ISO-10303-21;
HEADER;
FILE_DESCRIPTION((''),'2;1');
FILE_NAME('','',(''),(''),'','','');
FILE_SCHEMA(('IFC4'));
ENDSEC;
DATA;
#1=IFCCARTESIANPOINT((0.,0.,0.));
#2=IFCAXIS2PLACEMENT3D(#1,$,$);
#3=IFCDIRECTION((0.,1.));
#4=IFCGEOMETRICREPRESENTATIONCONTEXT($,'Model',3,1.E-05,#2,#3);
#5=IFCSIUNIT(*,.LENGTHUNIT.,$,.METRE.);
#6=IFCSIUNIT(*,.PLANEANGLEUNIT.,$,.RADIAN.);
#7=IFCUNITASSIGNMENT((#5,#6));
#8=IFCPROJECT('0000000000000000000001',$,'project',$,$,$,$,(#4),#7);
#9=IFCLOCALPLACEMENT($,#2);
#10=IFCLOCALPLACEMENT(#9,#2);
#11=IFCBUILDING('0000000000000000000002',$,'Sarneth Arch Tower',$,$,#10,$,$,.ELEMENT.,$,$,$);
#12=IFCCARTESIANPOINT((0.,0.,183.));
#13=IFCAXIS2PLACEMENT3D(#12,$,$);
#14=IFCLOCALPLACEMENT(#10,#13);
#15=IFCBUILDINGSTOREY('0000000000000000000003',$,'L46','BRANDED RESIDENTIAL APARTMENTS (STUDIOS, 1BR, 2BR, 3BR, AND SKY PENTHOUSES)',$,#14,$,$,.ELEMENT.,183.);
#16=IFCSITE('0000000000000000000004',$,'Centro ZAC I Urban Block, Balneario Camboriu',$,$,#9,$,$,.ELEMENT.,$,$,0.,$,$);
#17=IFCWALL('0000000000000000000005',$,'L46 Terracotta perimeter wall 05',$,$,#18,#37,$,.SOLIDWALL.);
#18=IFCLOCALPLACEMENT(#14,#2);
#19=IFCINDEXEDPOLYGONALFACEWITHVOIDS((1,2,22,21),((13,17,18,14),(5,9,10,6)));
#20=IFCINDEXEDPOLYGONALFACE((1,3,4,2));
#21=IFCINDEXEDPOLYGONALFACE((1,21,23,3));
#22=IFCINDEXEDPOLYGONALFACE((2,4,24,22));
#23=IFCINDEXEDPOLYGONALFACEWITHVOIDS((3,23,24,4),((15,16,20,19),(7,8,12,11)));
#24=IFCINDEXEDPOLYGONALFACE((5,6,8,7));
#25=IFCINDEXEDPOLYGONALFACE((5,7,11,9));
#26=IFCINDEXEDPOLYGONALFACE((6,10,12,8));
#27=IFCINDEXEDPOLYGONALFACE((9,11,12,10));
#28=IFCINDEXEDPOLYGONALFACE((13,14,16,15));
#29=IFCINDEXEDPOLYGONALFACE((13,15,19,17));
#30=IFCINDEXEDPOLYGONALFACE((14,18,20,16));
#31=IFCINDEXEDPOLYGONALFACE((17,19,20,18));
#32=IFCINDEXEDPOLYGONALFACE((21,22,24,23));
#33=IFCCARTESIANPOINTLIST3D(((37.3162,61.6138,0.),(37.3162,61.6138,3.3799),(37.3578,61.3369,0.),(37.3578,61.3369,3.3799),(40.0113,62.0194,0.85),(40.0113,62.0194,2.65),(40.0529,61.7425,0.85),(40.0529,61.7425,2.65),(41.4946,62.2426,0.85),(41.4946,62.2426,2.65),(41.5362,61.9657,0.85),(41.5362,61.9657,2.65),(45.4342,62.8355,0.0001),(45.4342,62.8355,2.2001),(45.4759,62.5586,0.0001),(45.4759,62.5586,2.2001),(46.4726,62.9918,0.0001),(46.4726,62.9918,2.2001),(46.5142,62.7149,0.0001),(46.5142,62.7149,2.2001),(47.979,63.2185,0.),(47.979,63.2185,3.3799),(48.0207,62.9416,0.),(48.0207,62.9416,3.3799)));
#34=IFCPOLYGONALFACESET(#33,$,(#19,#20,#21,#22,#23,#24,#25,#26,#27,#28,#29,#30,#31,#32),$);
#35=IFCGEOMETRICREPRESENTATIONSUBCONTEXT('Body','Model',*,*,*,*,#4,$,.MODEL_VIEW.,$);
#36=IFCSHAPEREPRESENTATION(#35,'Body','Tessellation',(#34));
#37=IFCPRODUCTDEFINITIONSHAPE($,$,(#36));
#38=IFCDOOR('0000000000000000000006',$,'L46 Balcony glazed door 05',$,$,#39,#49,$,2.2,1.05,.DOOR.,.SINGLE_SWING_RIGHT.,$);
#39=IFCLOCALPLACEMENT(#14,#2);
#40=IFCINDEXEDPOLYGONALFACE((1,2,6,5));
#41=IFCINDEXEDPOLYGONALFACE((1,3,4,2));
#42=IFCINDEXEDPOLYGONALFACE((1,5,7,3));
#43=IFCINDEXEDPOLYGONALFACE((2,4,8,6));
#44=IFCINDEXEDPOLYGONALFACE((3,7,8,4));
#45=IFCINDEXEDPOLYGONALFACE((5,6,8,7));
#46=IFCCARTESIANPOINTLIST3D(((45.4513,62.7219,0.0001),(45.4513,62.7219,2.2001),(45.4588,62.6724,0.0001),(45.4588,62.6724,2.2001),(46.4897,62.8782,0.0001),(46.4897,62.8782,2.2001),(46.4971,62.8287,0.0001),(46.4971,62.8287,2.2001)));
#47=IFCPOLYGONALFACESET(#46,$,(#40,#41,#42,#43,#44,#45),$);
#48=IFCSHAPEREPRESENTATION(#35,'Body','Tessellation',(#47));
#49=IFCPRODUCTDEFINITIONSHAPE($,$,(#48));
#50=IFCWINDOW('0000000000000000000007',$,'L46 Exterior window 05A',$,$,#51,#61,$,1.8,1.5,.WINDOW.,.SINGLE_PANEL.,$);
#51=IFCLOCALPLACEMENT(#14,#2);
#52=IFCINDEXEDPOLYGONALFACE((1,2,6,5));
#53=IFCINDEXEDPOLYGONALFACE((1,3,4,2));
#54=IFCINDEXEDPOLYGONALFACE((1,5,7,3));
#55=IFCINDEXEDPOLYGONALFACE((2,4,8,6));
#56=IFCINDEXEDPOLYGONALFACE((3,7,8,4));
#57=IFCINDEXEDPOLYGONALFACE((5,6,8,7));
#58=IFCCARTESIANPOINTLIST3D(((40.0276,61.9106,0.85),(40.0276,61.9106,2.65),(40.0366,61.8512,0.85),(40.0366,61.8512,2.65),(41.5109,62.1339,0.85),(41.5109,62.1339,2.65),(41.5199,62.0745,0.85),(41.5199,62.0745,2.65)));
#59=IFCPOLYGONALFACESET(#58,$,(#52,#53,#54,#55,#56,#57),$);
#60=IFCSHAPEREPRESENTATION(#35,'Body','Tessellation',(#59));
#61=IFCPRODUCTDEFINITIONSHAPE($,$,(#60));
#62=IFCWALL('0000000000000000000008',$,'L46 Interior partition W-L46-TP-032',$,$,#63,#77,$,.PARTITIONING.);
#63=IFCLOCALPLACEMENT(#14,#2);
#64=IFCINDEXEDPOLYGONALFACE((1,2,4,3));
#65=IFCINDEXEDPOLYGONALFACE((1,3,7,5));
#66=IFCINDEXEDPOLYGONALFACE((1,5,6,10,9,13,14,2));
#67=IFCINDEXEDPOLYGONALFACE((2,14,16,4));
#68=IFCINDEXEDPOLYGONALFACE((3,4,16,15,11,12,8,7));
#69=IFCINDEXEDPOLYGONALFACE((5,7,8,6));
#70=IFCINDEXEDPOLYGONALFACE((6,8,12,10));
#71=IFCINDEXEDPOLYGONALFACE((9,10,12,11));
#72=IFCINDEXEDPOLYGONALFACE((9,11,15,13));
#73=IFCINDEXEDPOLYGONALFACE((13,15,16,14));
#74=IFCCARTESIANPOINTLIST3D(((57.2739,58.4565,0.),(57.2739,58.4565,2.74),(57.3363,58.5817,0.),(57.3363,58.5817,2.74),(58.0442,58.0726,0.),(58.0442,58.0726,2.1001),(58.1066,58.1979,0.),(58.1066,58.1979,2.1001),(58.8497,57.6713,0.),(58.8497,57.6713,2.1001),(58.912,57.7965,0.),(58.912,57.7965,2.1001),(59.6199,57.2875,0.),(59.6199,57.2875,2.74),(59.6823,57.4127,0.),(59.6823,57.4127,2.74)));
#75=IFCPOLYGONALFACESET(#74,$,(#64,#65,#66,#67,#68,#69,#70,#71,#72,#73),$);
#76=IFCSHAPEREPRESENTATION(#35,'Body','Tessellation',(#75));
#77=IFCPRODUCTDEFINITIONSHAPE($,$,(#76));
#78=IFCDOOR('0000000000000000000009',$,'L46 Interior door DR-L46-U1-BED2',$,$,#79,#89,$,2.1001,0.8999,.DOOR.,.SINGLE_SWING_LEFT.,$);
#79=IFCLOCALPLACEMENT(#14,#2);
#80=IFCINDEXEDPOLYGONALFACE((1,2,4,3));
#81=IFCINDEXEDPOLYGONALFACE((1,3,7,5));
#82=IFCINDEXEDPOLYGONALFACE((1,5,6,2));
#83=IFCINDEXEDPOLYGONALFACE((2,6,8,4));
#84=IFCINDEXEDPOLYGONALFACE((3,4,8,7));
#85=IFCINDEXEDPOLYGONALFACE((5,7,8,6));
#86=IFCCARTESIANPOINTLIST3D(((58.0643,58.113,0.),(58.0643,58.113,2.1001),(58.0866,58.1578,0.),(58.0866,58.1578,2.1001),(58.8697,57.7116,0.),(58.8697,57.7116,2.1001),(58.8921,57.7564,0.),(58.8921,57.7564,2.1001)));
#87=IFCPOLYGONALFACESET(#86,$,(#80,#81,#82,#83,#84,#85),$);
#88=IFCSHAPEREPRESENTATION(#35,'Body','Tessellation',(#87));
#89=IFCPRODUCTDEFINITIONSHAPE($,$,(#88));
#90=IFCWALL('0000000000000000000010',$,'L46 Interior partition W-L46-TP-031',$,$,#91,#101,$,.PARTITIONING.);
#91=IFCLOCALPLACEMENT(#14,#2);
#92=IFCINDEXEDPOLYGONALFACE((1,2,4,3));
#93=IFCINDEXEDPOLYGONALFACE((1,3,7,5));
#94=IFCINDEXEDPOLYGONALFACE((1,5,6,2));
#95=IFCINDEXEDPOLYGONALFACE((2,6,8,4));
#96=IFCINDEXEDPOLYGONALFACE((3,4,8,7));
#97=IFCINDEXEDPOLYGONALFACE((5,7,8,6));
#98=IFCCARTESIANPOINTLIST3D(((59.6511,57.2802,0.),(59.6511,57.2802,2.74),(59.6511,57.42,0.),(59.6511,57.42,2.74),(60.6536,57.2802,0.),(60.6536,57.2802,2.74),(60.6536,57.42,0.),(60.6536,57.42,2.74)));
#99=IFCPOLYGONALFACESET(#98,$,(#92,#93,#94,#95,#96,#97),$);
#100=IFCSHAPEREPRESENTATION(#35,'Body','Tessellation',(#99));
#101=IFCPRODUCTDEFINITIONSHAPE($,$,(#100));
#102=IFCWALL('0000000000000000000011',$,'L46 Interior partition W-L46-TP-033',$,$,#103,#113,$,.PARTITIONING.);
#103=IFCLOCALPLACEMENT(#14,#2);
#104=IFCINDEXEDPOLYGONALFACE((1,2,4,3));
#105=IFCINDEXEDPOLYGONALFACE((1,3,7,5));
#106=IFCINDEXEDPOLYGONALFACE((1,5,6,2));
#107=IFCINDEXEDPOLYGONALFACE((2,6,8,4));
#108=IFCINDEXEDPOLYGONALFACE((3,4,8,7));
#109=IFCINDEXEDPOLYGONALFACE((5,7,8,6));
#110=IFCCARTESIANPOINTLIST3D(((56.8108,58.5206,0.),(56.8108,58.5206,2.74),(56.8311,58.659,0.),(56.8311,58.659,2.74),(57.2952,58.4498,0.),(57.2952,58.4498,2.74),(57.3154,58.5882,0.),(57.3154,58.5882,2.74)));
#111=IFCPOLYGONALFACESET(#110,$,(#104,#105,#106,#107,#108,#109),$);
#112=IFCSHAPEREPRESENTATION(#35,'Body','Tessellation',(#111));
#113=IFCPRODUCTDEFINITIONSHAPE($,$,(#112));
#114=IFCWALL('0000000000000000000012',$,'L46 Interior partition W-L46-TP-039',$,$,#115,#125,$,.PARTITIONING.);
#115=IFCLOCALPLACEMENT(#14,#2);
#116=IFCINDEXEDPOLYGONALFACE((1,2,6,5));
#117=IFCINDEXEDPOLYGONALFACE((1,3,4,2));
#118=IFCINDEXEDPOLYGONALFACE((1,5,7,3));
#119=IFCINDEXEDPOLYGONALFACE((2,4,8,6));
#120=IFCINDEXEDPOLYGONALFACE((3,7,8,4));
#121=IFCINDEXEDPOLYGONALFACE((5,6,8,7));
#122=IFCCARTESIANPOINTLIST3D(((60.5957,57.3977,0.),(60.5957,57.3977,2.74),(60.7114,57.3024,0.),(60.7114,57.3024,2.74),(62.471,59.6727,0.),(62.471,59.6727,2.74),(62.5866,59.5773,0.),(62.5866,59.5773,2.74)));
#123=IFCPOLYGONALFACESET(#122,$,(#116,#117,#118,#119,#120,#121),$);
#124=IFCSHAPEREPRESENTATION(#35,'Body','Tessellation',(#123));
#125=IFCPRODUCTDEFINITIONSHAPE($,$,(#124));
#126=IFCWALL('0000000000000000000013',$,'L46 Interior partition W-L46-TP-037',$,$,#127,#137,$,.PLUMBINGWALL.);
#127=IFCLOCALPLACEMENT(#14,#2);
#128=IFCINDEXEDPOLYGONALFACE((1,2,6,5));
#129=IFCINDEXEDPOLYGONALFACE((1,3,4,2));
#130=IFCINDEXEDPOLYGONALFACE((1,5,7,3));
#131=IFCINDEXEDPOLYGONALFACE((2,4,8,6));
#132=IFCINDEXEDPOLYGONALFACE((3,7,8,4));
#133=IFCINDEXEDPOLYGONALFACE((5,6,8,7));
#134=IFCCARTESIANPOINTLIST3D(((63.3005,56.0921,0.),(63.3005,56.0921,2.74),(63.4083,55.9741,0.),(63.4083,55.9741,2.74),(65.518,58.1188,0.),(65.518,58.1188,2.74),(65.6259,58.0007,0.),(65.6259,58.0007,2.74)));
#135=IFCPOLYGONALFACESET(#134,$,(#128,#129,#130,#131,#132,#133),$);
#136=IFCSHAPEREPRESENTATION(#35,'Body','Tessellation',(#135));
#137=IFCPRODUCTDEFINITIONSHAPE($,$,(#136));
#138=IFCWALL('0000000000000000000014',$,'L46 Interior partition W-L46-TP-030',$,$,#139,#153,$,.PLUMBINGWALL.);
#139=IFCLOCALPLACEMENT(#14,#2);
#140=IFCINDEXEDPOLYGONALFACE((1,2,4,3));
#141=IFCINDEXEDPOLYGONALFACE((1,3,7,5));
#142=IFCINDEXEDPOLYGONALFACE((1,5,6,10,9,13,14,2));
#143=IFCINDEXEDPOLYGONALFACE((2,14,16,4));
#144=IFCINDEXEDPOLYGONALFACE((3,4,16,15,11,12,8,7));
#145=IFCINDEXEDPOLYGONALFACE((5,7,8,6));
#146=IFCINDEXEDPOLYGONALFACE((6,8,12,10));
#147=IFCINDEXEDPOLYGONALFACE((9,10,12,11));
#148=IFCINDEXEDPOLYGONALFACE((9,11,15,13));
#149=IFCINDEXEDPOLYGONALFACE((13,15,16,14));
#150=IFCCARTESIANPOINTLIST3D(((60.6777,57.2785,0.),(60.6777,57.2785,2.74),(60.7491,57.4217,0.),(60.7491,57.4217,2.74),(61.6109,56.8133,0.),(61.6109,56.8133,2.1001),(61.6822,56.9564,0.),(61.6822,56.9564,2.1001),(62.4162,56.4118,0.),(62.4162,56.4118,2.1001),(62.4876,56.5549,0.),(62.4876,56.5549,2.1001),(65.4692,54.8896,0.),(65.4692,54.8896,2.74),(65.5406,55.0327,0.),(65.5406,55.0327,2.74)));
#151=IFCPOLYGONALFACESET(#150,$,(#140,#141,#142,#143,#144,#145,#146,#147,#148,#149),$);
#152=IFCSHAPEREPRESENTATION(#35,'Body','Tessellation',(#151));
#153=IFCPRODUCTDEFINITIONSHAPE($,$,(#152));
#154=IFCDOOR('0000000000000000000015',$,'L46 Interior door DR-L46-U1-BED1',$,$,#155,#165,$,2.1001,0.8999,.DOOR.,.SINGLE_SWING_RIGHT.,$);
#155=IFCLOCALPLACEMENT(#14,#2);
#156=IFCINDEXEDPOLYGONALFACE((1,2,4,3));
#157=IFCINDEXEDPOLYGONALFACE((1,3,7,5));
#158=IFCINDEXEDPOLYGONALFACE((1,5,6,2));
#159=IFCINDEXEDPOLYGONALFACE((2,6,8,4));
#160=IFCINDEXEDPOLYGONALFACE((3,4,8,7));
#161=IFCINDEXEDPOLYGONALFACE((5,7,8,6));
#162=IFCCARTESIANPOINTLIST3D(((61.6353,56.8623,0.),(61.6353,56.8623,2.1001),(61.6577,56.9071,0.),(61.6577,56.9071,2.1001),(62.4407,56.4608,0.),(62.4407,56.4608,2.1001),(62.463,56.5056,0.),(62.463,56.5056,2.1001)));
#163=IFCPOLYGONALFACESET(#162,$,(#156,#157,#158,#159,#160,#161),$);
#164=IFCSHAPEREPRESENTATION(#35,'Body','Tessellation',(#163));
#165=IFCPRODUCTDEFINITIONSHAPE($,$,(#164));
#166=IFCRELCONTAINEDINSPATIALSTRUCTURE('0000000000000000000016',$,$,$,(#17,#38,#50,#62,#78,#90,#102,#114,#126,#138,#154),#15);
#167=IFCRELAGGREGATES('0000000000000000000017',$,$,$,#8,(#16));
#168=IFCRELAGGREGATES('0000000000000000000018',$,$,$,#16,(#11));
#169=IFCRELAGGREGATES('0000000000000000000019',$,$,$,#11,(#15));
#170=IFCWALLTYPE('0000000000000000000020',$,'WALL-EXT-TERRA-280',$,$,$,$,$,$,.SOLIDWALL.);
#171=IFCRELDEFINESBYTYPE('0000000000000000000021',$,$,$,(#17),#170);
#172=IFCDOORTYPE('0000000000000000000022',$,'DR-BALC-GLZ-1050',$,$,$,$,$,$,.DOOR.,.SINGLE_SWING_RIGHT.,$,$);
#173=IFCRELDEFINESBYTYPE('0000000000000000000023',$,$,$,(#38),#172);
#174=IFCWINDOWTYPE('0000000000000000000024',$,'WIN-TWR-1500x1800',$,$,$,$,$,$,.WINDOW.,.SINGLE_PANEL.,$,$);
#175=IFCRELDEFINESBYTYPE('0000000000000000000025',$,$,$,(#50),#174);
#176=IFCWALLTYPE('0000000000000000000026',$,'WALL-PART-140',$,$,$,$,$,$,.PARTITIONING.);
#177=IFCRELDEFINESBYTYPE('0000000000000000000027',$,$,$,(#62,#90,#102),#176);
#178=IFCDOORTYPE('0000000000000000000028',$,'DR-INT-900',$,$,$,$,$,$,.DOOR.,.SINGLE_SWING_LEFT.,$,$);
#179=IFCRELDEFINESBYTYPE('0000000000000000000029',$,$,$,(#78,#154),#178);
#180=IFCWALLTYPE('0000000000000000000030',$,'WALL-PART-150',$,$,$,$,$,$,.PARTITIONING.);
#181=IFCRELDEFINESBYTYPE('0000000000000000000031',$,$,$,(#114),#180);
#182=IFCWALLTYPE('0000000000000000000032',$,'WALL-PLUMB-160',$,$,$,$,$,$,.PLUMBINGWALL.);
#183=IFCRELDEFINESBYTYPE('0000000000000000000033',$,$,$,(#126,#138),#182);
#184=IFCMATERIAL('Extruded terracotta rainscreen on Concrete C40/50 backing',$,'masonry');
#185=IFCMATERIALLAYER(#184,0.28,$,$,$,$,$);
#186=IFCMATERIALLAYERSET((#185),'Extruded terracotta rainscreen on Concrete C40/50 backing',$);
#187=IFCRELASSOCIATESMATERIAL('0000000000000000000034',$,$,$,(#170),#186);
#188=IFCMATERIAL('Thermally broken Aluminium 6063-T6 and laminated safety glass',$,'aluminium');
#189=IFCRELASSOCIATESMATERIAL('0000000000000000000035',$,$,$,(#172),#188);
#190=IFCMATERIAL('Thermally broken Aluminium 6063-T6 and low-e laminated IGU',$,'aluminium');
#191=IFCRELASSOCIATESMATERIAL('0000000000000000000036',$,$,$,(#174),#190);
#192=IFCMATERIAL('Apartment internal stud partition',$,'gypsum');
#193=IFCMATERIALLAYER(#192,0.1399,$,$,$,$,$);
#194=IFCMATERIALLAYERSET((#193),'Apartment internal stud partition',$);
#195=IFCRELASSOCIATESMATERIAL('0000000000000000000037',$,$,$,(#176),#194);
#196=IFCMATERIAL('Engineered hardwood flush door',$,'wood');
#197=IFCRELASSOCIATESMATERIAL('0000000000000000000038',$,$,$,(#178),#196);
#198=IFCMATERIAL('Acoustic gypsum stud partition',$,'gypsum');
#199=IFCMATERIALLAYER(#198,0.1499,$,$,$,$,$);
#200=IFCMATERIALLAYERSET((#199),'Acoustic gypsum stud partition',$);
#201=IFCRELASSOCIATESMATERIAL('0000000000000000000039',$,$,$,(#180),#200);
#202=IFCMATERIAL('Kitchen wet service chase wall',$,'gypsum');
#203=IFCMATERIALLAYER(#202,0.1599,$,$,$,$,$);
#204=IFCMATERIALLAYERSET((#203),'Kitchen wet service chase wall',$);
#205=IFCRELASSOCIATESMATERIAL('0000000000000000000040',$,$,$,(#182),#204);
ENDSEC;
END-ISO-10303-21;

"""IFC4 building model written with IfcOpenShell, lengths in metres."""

from ifc_helpers import new_model, si_unit, direction, frame, frame_2d, origin, place, context, subcontext, project, spatial, rectangle, extrude, material, layer, layer_set, type_object, element, fill, save


model = new_model("IFC4")

# Units and contexts
model_context = context("Model", 3, precision=1e-05, world=origin(), true_north=direction((0.0, 1.0)))
body_context = subcontext(model_context, "Body", "Model", "MODEL_VIEW")
ifc_project = project(units=[si_unit("LENGTHUNIT", "METRE"), si_unit("PLANEANGLEUNIT", "RADIAN")], contexts=[model_context])

# Site, building, storey
site_placement = place(None, origin())
site = spatial("IfcSite", under=ifc_project, at=site_placement, Name="Centro ZAC I Urban Block, Balneario Camboriu", CompositionType="ELEMENT", RefElevation=0.0)
building_placement = place(site_placement, origin())
building = spatial("IfcBuilding", under=site, at=building_placement, Name="Sarneth Arch Tower", CompositionType="ELEMENT")
storey_placement = place(building_placement, frame((0.0, 0.0, 183.0)))
storey = spatial("IfcBuildingStorey", under=building, at=storey_placement, Name="L46", Description="BRANDED RESIDENTIAL APARTMENTS (STUDIOS, 1BR, 2BR, 3BR, AND SKY PENTHOUSES)", CompositionType="ELEMENT", Elevation=183.0)

# Wall, openings, door, window
ifc_material_1 = material(Name="Extruded terracotta rainscreen on Concrete C40/50 backing", Category="masonry")
ifc_layer_1 = layer(ifc_material_1, 0.28)
ifc_layer_set_1 = layer_set([ifc_layer_1], Name="Extruded terracotta rainscreen on Concrete C40/50 backing")
wall_type_1 = type_object("IfcWallType", Name="WALL-EXT-TERRA-280", PredefinedType="SOLIDWALL", material=ifc_layer_set_1)
wall_1_placement = place(storey_placement, frame((48.0, 63.0801, 0.0), z_axis=(0.0, 0.0, 1.0), x_axis=(-0.988864, -0.148822, 0.0)))
wall_1 = element("IfcWall", 1, at=wall_1_placement, inside=storey, type_object=wall_type_1, Name="L46 Terracotta perimeter wall 05", PredefinedType="SOLIDWALL", context=body_context, shape_type="SweptSolid", body=[
    extrude(rectangle(XDim=10.783, YDim=0.28, at=frame_2d((5.3916, 0.0))), origin(), (0.0, 0.0, 1.0), 3.3799),
])
opening_1_placement = place(wall_1_placement, frame((1.5237, 0.0, 0.0)))
opening_1 = element("IfcOpeningElement", 2, at=opening_1_placement, cuts=wall_1, PredefinedType="OPENING", context=body_context, shape_type="SweptSolid", body=[
    extrude(rectangle(XDim=1.05, YDim=2.2, at=frame_2d((0.5249, 1.1001))), frame((0.0, 0.1499, 0.0), z_axis=(0.0, -1.0, 0.0), x_axis=(1.0, 0.0, 0.0)), (0.0, 0.0, 1.0), 0.3),
])
opening_2_placement = place(wall_1_placement, frame((6.5576, 0.0, 0.8501)))
opening_2 = element("IfcOpeningElement", 3, at=opening_2_placement, cuts=wall_1, PredefinedType="OPENING", context=body_context, shape_type="SweptSolid", body=[
    extrude(rectangle(XDim=1.5, YDim=1.8, at=frame_2d((0.75, 0.8999))), frame((0.0, 0.1499, 0.0), z_axis=(0.0, -1.0, 0.0), x_axis=(1.0, 0.0, 0.0)), (0.0, 0.0, 1.0), 0.3),
])
ifc_material_2 = material(Name="Thermally broken Aluminium 6063-T6 and laminated safety glass", Category="aluminium")
door_type_1 = type_object("IfcDoorType", Name="DR-BALC-GLZ-1050", OperationType="SINGLE_SWING_RIGHT", PredefinedType="DOOR", material=ifc_material_2)
door_1_placement = place(opening_1_placement, origin())
door_1 = element("IfcDoor", 4, at=door_1_placement, inside=storey, type_object=door_type_1, Name="L46 Balcony glazed door 05", OperationType="SINGLE_SWING_RIGHT", OverallHeight=2.2, OverallWidth=1.05, PredefinedType="DOOR", context=body_context, shape_type="SweptSolid", body=[
    extrude(rectangle(XDim=1.05, YDim=2.2, at=frame_2d((0.5249, 1.1001))), frame((0.0, 0.0249, 0.0), z_axis=(0.0, -1.0, 0.0), x_axis=(1.0, 0.0, 0.0)), (0.0, 0.0, 1.0), 0.05),
])
fill(opening_1, door_1)
ifc_material_3 = material(Name="Thermally broken Aluminium 6063-T6 and low-e laminated IGU", Category="aluminium")
window_type = type_object("IfcWindowType", Name="WIN-TWR-1500x1800", PartitioningType="SINGLE_PANEL", PredefinedType="WINDOW", material=ifc_material_3)
window_placement = place(opening_2_placement, origin())
window = element("IfcWindow", 5, at=window_placement, inside=storey, type_object=window_type, Name="L46 Exterior window 05A", OverallHeight=1.8, OverallWidth=1.5, PartitioningType="SINGLE_PANEL", PredefinedType="WINDOW", context=body_context, shape_type="SweptSolid", body=[
    extrude(rectangle(XDim=1.5, YDim=1.8, at=frame_2d((0.75, 0.8999))), frame((0.0, 0.03, 0.0), z_axis=(0.0, -1.0, 0.0), x_axis=(1.0, 0.0, 0.0)), (0.0, 0.0, 1.0), 0.0601),
])
fill(opening_2, window)

# Wall, opening, door
ifc_material_4 = material(Name="Apartment internal stud partition", Category="gypsum")
ifc_layer_2 = layer(ifc_material_4, 0.1399)
ifc_layer_set_2 = layer_set([ifc_layer_2], Name="Apartment internal stud partition")
wall_type_2 = type_object("IfcWallType", Name="WALL-PART-140", PredefinedType="PARTITIONING", material=ifc_layer_set_2)
wall_2_placement = place(storey_placement, frame((59.6511, 57.3501, 0.0), z_axis=(0.0, 0.0, 1.0), x_axis=(-0.895041, 0.445984, 0.0)))
wall_2 = element("IfcWall", 6, at=wall_2_placement, inside=storey, type_object=wall_type_2, Name="L46 Interior partition W-L46-TP-032", PredefinedType="PARTITIONING", context=body_context, shape_type="SweptSolid", body=[
    extrude(rectangle(XDim=2.6211, YDim=0.1399, at=frame_2d((1.3105, 0.0))), origin(), (0.0, 0.0, 1.0), 2.74),
])
opening_3_placement = place(wall_2_placement, frame((0.8606, 0.0, 0.0)))
opening_3 = element("IfcOpeningElement", 7, at=opening_3_placement, cuts=wall_2, PredefinedType="OPENING", context=body_context, shape_type="SweptSolid", body=[
    extrude(rectangle(XDim=0.8999, YDim=2.1001, at=frame_2d((0.45, 1.05))), frame((0.0, 0.0798, 0.0), z_axis=(0.0, -1.0, 0.0), x_axis=(1.0, 0.0, 0.0)), (0.0, 0.0, 1.0), 0.1599),
])
ifc_material_5 = material(Name="Engineered hardwood flush door", Category="wood")
door_type_2 = type_object("IfcDoorType", Name="DR-INT-900", OperationType="SINGLE_SWING_LEFT", PredefinedType="DOOR", material=ifc_material_5)
door_2_placement = place(opening_3_placement, origin())
door_2 = element("IfcDoor", 8, at=door_2_placement, inside=storey, type_object=door_type_2, Name="L46 Interior door DR-L46-U1-BED2", OperationType="SINGLE_SWING_LEFT", OverallHeight=2.1001, OverallWidth=0.8999, PredefinedType="DOOR", context=body_context, shape_type="SweptSolid", body=[
    extrude(rectangle(XDim=0.8999, YDim=2.1001, at=frame_2d((0.45, 1.05))), frame((0.0, 0.0249, 0.0), z_axis=(0.0, -1.0, 0.0), x_axis=(1.0, 0.0, 0.0)), (0.0, 0.0, 1.0), 0.05),
])
fill(opening_3, door_2)

# Walls
wall_3_placement = place(storey_placement, frame((60.6536, 57.3501, 0.0), z_axis=(0.0, 0.0, 1.0), x_axis=(-1.0, 0.0, 0.0)))
element("IfcWall", 9, at=wall_3_placement, inside=storey, type_object=wall_type_2, Name="L46 Interior partition W-L46-TP-031", PredefinedType="PARTITIONING", context=body_context, shape_type="SweptSolid", body=[
    extrude(rectangle(XDim=1.0024, YDim=0.1399, at=frame_2d((0.5012, 0.0))), origin(), (0.0, 0.0, 1.0), 2.74),
])
wall_4_placement = place(storey_placement, frame((57.3052, 58.519, 0.0), z_axis=(0.0, 0.0, 1.0), x_axis=(-0.989485, 0.144632, 0.0)))
element("IfcWall", 10, at=wall_4_placement, inside=storey, type_object=wall_type_2, Name="L46 Interior partition W-L46-TP-033", PredefinedType="PARTITIONING", context=body_context, shape_type="SweptSolid", body=[
    extrude(rectangle(XDim=0.4895, YDim=0.1399, at=frame_2d((0.2446, 0.0))), origin(), (0.0, 0.0, 1.0), 2.74),
])
ifc_material_6 = material(Name="Acoustic gypsum stud partition", Category="gypsum")
ifc_layer_3 = layer(ifc_material_6, 0.1499)
ifc_layer_set_3 = layer_set([ifc_layer_3], Name="Acoustic gypsum stud partition")
wall_type_3 = type_object("IfcWallType", Name="WALL-PART-150", PredefinedType="PARTITIONING", material=ifc_layer_set_3)
wall_5_placement = place(storey_placement, frame((62.5288, 59.625, 0.0), z_axis=(0.0, 0.0, 1.0), x_axis=(-0.63607, -0.771631, 0.0)))
element("IfcWall", 11, at=wall_5_placement, inside=storey, type_object=wall_type_3, Name="L46 Interior partition W-L46-TP-039", PredefinedType="PARTITIONING", context=body_context, shape_type="SweptSolid", body=[
    extrude(rectangle(XDim=2.9482, YDim=0.1499, at=frame_2d((1.4741, 0.0))), origin(), (0.0, 0.0, 1.0), 2.74),
])
ifc_material_7 = material(Name="Kitchen wet service chase wall", Category="gypsum")
ifc_layer_4 = layer(ifc_material_7, 0.1599)
ifc_layer_set_4 = layer_set([ifc_layer_4], Name="Kitchen wet service chase wall")
wall_type_4 = type_object("IfcWallType", Name="WALL-PLUMB-160", PredefinedType="PLUMBINGWALL", material=ifc_layer_set_4)
wall_6_placement = place(storey_placement, frame((63.3545, 56.0332, 0.0), z_axis=(0.0, 0.0, 1.0), x_axis=(0.738169, 0.674616, 0.0)))
element("IfcWall", 12, at=wall_6_placement, inside=storey, type_object=wall_type_4, Name="L46 Interior partition W-L46-TP-037", PredefinedType="PLUMBINGWALL", context=body_context, shape_type="SweptSolid", body=[
    extrude(rectangle(XDim=3.0042, YDim=0.1599, at=frame_2d((1.502, 0.0))), origin(), (0.0, 0.0, 1.0), 2.74),
])

# Wall, opening, door
wall_7_placement = place(storey_placement, frame((60.7134, 57.3501, 0.0), z_axis=(0.0, 0.0, 1.0), x_axis=(0.894937, -0.446192, 0.0)))
wall_7 = element("IfcWall", 13, at=wall_7_placement, inside=storey, type_object=wall_type_4, Name="L46 Interior partition W-L46-TP-030", PredefinedType="PLUMBINGWALL", context=body_context, shape_type="SweptSolid", body=[
    extrude(rectangle(XDim=5.354, YDim=0.1599, at=frame_2d((2.677, 0.0))), origin(), (0.0, 0.0, 1.0), 2.74),
])
opening_4_placement = place(wall_7_placement, frame((1.0427, 0.0, 0.0)))
opening_4 = element("IfcOpeningElement", 14, at=opening_4_placement, cuts=wall_7, PredefinedType="OPENING", context=body_context, shape_type="SweptSolid", body=[
    extrude(rectangle(XDim=0.8999, YDim=2.1001, at=frame_2d((0.45, 1.05))), frame((0.0, 0.0898, 0.0), z_axis=(0.0, -1.0, 0.0), x_axis=(1.0, 0.0, 0.0)), (0.0, 0.0, 1.0), 0.1799),
])
door_3_placement = place(opening_4_placement, origin())
door_3 = element("IfcDoor", 15, at=door_3_placement, inside=storey, type_object=door_type_2, Name="L46 Interior door DR-L46-U1-BED1", OperationType="SINGLE_SWING_RIGHT", OverallHeight=2.1001, OverallWidth=0.8999, PredefinedType="DOOR", context=body_context, shape_type="SweptSolid", body=[
    extrude(rectangle(XDim=0.8999, YDim=2.1001, at=frame_2d((0.45, 1.05))), frame((0.0, 0.0249, 0.0), z_axis=(0.0, -1.0, 0.0), x_axis=(1.0, 0.0, 0.0)), (0.0, 0.0, 1.0), 0.05),
])
fill(opening_4, door_3)

save(model, "model.ifc")
